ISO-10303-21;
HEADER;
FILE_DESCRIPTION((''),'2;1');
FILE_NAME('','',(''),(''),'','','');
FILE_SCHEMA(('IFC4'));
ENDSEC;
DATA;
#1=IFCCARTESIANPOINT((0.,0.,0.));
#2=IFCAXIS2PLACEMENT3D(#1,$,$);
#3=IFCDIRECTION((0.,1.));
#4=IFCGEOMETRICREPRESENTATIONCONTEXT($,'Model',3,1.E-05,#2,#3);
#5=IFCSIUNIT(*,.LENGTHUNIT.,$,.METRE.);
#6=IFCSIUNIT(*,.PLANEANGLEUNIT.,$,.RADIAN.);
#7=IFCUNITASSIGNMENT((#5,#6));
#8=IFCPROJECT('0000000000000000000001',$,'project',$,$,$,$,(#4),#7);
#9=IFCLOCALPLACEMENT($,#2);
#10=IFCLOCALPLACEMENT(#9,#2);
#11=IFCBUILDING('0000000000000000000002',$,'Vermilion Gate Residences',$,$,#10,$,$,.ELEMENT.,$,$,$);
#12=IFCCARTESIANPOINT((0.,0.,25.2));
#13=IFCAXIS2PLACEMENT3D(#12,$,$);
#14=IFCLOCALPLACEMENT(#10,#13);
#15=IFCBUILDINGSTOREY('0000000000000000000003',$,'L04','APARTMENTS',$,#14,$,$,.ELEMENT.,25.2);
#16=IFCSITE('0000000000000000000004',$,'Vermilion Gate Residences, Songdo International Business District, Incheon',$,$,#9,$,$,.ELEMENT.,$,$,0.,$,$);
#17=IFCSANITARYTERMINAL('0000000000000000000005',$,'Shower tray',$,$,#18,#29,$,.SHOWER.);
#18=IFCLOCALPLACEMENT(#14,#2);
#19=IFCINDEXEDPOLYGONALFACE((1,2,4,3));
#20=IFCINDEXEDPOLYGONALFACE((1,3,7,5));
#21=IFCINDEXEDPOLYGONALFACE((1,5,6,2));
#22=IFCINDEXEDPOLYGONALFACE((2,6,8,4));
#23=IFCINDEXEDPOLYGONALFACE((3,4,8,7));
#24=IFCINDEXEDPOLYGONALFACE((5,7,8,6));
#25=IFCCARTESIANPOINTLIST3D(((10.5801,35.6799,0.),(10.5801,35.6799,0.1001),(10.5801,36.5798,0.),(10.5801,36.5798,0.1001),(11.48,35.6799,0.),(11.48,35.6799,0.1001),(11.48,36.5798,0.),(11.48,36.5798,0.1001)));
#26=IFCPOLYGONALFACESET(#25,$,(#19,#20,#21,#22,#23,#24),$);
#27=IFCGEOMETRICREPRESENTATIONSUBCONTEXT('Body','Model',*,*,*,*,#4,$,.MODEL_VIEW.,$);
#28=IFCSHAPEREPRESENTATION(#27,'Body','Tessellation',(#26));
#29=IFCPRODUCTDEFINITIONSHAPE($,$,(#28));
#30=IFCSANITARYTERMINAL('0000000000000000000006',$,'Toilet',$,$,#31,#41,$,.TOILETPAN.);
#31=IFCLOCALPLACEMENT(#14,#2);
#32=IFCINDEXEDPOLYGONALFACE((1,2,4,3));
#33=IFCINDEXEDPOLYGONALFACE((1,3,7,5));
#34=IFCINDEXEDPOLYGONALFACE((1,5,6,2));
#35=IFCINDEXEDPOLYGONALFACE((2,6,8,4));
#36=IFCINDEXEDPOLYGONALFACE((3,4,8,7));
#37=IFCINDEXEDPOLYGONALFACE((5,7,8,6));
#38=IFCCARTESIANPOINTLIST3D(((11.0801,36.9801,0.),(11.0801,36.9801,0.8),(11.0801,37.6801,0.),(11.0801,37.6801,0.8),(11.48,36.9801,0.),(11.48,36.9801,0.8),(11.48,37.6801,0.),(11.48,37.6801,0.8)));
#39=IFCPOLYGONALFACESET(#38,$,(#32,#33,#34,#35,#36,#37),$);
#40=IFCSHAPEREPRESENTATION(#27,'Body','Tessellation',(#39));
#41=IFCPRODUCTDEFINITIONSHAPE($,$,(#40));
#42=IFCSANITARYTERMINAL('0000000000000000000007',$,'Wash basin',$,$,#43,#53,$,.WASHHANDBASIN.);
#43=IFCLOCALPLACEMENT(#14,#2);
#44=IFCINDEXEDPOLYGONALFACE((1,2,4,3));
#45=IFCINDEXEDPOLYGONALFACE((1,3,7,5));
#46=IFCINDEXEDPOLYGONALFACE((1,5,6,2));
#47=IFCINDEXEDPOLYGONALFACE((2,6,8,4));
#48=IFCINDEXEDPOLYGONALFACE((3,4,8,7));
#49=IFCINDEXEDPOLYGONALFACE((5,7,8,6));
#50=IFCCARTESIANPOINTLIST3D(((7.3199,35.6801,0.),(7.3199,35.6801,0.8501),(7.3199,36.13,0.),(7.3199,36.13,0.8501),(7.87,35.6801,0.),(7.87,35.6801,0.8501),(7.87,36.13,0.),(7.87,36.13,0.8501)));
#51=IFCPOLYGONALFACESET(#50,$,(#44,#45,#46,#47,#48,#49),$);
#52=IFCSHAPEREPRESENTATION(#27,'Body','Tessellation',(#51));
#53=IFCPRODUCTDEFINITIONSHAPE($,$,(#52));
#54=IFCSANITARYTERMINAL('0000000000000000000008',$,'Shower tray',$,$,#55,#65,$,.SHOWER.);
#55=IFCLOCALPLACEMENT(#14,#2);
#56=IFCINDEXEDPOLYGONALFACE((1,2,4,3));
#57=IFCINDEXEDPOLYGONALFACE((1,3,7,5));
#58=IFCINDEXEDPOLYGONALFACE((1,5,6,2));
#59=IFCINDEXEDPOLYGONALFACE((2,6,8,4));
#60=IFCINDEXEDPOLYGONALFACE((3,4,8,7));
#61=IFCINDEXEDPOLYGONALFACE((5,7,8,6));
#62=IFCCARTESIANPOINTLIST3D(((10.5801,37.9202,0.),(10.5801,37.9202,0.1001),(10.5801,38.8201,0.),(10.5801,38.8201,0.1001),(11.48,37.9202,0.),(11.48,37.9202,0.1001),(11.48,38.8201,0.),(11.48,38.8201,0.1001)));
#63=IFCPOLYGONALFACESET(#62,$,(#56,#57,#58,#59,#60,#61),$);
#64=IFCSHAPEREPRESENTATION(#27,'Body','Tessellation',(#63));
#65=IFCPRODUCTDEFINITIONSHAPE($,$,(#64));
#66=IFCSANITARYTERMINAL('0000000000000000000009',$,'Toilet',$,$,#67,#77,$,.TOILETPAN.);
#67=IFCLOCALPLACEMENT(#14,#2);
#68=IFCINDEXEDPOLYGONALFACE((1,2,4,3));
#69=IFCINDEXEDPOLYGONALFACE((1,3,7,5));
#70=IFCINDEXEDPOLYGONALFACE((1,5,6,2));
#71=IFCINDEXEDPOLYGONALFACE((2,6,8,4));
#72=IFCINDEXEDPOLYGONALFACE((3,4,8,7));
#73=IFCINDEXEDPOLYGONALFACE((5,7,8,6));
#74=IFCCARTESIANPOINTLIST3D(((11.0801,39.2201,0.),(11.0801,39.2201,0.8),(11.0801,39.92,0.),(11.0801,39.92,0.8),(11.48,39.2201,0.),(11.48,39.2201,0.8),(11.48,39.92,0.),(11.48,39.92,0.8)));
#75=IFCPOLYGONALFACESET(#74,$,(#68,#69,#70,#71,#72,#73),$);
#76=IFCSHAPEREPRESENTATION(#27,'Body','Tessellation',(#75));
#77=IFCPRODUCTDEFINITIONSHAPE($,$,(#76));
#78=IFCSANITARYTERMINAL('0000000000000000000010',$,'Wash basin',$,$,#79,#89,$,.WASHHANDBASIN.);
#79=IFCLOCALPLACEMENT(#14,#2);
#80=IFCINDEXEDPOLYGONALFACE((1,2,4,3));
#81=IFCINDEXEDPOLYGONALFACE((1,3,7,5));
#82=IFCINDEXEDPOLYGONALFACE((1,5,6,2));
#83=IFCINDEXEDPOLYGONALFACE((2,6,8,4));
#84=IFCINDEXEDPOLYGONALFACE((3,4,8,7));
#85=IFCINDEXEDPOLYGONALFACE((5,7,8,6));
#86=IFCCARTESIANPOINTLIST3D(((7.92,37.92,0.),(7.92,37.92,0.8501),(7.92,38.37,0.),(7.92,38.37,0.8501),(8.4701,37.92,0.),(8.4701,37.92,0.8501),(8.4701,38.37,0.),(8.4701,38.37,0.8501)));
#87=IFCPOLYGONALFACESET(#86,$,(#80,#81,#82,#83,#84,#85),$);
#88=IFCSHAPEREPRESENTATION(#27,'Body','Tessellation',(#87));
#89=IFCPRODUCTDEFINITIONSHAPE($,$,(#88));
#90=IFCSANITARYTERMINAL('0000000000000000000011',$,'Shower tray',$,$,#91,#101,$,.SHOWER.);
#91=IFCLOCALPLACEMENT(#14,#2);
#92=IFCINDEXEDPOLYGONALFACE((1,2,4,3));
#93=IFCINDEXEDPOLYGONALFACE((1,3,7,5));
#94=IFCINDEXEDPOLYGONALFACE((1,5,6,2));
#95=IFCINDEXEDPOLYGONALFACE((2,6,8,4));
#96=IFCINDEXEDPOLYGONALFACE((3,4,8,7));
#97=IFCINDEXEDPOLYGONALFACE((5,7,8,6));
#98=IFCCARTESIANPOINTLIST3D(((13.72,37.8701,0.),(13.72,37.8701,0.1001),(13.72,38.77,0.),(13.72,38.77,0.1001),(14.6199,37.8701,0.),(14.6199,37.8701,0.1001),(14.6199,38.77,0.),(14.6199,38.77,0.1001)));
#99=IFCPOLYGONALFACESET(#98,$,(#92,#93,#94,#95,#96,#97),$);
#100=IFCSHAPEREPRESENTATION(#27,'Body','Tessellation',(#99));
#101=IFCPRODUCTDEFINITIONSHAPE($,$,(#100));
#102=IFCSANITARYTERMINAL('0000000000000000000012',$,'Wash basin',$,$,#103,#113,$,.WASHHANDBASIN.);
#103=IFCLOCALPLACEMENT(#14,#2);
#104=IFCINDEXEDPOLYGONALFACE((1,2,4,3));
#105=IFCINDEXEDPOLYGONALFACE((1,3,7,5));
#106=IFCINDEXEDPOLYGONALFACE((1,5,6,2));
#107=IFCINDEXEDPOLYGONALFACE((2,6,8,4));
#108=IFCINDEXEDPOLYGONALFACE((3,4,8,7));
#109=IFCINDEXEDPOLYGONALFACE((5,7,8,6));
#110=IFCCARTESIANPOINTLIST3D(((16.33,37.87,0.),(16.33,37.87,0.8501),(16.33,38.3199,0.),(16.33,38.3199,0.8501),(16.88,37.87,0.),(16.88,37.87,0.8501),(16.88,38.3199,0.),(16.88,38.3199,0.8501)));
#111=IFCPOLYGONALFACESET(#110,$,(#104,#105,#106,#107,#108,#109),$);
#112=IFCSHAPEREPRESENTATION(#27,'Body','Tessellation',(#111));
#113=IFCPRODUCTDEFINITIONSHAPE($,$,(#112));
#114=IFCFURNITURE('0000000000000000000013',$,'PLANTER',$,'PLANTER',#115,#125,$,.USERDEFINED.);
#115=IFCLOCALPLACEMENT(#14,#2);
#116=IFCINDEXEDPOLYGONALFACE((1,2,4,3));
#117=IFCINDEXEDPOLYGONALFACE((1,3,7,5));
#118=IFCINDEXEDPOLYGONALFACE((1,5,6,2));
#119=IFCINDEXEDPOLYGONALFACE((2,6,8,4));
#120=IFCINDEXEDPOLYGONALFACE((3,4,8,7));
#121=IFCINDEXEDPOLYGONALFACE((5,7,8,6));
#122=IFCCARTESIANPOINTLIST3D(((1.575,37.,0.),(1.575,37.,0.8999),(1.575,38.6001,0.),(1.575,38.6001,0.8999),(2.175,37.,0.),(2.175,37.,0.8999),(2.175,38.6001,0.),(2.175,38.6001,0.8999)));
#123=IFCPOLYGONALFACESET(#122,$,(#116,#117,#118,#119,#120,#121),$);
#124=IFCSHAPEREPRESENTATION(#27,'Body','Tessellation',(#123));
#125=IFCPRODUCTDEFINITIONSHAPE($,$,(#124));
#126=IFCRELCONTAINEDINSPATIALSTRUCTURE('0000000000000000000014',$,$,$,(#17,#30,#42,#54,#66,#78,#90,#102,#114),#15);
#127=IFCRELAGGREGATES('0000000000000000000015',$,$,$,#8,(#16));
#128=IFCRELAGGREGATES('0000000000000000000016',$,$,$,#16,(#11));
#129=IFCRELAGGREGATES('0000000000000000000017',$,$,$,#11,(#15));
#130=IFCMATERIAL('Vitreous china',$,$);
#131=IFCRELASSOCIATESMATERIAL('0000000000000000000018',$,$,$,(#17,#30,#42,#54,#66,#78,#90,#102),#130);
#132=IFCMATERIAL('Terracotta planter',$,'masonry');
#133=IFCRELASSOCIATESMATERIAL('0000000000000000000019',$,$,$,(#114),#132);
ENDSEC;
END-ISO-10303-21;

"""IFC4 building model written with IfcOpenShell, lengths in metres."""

from ifc_helpers import new_model, si_unit, direction, frame, origin, origin_2d, place, context, subcontext, project, spatial, rectangle, extrude, material, element, save


model = new_model("IFC4")

# Units and contexts
model_context = context("Model", 3, precision=1e-05, world=origin(), true_north=direction((0.0, 1.0)))
body_context = subcontext(model_context, "Body", "Model", "MODEL_VIEW")
ifc_project = project(units=[si_unit("LENGTHUNIT", "METRE"), si_unit("PLANEANGLEUNIT", "RADIAN")], contexts=[model_context])

# Site, building, storey
site_placement = place(None, origin())
site = spatial("IfcSite", under=ifc_project, at=site_placement, Name="Vermilion Gate Residences, Songdo International Business District, Incheon", CompositionType="ELEMENT", RefElevation=0.0)
building_placement = place(site_placement, origin())
building = spatial("IfcBuilding", under=site, at=building_placement, Name="Vermilion Gate Residences", CompositionType="ELEMENT")
storey_placement = place(building_placement, frame((0.0, 0.0, 25.2)))
storey = spatial("IfcBuildingStorey", under=building, at=storey_placement, Name="L04", Description="APARTMENTS", CompositionType="ELEMENT", Elevation=25.2)

# Sanitary terminals
ifc_material_1 = material(Name="Vitreous china")
sanitary_terminal_1_placement = place(storey_placement, frame((11.03, 36.1299, 0.0), z_axis=(0.0, 0.0, 1.0), x_axis=(1.0, 0.0, 0.0)))
element("IfcSanitaryTerminal", 1, at=sanitary_terminal_1_placement, inside=storey, material=ifc_material_1, Name="Shower tray", PredefinedType="SHOWER", context=body_context, shape_type="SweptSolid", body=[
    extrude(rectangle(XDim=0.8999, YDim=0.8999, at=origin_2d()), origin(), (0.0, 0.0, 1.0), 0.1001),
])
sanitary_terminal_2_placement = place(storey_placement, frame((11.28, 37.3301, 0.0), z_axis=(0.0, 0.0, 1.0), x_axis=(1.0, 0.0, 0.0)))
element("IfcSanitaryTerminal", 2, at=sanitary_terminal_2_placement, inside=storey, material=ifc_material_1, Name="Toilet", PredefinedType="TOILETPAN", context=body_context, shape_type="SweptSolid", body=[
    extrude(rectangle(XDim=0.3999, YDim=0.7, at=origin_2d()), origin(), (0.0, 0.0, 1.0), 0.8),
])
sanitary_terminal_3_placement = place(storey_placement, frame((7.595, 35.905, 0.0), z_axis=(0.0, 0.0, 1.0), x_axis=(1.0, 0.0, 0.0)))
element("IfcSanitaryTerminal", 3, at=sanitary_terminal_3_placement, inside=storey, material=ifc_material_1, Name="Wash basin", PredefinedType="WASHHANDBASIN", context=body_context, shape_type="SweptSolid", body=[
    extrude(rectangle(XDim=0.55, YDim=0.45, at=origin_2d()), origin(), (0.0, 0.0, 1.0), 0.8501),
])
sanitary_terminal_4_placement = place(storey_placement, frame((11.03, 38.3701, 0.0), z_axis=(0.0, 0.0, 1.0), x_axis=(1.0, 0.0, 0.0)))
element("IfcSanitaryTerminal", 4, at=sanitary_terminal_4_placement, inside=storey, material=ifc_material_1, Name="Shower tray", PredefinedType="SHOWER", context=body_context, shape_type="SweptSolid", body=[
    extrude(rectangle(XDim=0.8999, YDim=0.8999, at=origin_2d()), origin(), (0.0, 0.0, 1.0), 0.1001),
])
sanitary_terminal_5_placement = place(storey_placement, frame((11.28, 39.5701, 0.0), z_axis=(0.0, 0.0, 1.0), x_axis=(1.0, 0.0, 0.0)))
element("IfcSanitaryTerminal", 5, at=sanitary_terminal_5_placement, inside=storey, material=ifc_material_1, Name="Toilet", PredefinedType="TOILETPAN", context=body_context, shape_type="SweptSolid", body=[
    extrude(rectangle(XDim=0.3999, YDim=0.7, at=origin_2d()), origin(), (0.0, 0.0, 1.0), 0.8),
])
sanitary_terminal_6_placement = place(storey_placement, frame((8.1951, 38.145, 0.0), z_axis=(0.0, 0.0, 1.0), x_axis=(1.0, 0.0, 0.0)))
element("IfcSanitaryTerminal", 6, at=sanitary_terminal_6_placement, inside=storey, material=ifc_material_1, Name="Wash basin", PredefinedType="WASHHANDBASIN", context=body_context, shape_type="SweptSolid", body=[
    extrude(rectangle(XDim=0.55, YDim=0.45, at=origin_2d()), origin(), (0.0, 0.0, 1.0), 0.8501),
])
sanitary_terminal_7_placement = place(storey_placement, frame((14.1699, 38.3201, 0.0), z_axis=(0.0, 0.0, 1.0), x_axis=(1.0, 0.0, 0.0)))
element("IfcSanitaryTerminal", 7, at=sanitary_terminal_7_placement, inside=storey, material=ifc_material_1, Name="Shower tray", PredefinedType="SHOWER", context=body_context, shape_type="SweptSolid", body=[
    extrude(rectangle(XDim=0.8999, YDim=0.8999, at=origin_2d()), origin(), (0.0, 0.0, 1.0), 0.1001),
])
sanitary_terminal_8_placement = place(storey_placement, frame((16.605, 38.095, 0.0), z_axis=(0.0, 0.0, 1.0), x_axis=(1.0, 0.0, 0.0)))
element("IfcSanitaryTerminal", 8, at=sanitary_terminal_8_placement, inside=storey, material=ifc_material_1, Name="Wash basin", PredefinedType="WASHHANDBASIN", context=body_context, shape_type="SweptSolid", body=[
    extrude(rectangle(XDim=0.55, YDim=0.45, at=origin_2d()), origin(), (0.0, 0.0, 1.0), 0.8501),
])

# Furniture
ifc_material_2 = material(Name="Terracotta planter", Category="masonry")
furniture_placement = place(storey_placement, frame((1.875, 37.8, 0.0), z_axis=(0.0, 0.0, 1.0), x_axis=(0.0, -1.0, 0.0)))
element("IfcFurniture", 9, at=furniture_placement, inside=storey, material=ifc_material_2, Name="PLANTER", ObjectType="PLANTER", PredefinedType="USERDEFINED", context=body_context, shape_type="SweptSolid", body=[
    extrude(rectangle(XDim=1.6001, YDim=0.6001, at=origin_2d()), origin(), (0.0, 0.0, 1.0), 0.8999),
])

save(model, "model.ifc")
